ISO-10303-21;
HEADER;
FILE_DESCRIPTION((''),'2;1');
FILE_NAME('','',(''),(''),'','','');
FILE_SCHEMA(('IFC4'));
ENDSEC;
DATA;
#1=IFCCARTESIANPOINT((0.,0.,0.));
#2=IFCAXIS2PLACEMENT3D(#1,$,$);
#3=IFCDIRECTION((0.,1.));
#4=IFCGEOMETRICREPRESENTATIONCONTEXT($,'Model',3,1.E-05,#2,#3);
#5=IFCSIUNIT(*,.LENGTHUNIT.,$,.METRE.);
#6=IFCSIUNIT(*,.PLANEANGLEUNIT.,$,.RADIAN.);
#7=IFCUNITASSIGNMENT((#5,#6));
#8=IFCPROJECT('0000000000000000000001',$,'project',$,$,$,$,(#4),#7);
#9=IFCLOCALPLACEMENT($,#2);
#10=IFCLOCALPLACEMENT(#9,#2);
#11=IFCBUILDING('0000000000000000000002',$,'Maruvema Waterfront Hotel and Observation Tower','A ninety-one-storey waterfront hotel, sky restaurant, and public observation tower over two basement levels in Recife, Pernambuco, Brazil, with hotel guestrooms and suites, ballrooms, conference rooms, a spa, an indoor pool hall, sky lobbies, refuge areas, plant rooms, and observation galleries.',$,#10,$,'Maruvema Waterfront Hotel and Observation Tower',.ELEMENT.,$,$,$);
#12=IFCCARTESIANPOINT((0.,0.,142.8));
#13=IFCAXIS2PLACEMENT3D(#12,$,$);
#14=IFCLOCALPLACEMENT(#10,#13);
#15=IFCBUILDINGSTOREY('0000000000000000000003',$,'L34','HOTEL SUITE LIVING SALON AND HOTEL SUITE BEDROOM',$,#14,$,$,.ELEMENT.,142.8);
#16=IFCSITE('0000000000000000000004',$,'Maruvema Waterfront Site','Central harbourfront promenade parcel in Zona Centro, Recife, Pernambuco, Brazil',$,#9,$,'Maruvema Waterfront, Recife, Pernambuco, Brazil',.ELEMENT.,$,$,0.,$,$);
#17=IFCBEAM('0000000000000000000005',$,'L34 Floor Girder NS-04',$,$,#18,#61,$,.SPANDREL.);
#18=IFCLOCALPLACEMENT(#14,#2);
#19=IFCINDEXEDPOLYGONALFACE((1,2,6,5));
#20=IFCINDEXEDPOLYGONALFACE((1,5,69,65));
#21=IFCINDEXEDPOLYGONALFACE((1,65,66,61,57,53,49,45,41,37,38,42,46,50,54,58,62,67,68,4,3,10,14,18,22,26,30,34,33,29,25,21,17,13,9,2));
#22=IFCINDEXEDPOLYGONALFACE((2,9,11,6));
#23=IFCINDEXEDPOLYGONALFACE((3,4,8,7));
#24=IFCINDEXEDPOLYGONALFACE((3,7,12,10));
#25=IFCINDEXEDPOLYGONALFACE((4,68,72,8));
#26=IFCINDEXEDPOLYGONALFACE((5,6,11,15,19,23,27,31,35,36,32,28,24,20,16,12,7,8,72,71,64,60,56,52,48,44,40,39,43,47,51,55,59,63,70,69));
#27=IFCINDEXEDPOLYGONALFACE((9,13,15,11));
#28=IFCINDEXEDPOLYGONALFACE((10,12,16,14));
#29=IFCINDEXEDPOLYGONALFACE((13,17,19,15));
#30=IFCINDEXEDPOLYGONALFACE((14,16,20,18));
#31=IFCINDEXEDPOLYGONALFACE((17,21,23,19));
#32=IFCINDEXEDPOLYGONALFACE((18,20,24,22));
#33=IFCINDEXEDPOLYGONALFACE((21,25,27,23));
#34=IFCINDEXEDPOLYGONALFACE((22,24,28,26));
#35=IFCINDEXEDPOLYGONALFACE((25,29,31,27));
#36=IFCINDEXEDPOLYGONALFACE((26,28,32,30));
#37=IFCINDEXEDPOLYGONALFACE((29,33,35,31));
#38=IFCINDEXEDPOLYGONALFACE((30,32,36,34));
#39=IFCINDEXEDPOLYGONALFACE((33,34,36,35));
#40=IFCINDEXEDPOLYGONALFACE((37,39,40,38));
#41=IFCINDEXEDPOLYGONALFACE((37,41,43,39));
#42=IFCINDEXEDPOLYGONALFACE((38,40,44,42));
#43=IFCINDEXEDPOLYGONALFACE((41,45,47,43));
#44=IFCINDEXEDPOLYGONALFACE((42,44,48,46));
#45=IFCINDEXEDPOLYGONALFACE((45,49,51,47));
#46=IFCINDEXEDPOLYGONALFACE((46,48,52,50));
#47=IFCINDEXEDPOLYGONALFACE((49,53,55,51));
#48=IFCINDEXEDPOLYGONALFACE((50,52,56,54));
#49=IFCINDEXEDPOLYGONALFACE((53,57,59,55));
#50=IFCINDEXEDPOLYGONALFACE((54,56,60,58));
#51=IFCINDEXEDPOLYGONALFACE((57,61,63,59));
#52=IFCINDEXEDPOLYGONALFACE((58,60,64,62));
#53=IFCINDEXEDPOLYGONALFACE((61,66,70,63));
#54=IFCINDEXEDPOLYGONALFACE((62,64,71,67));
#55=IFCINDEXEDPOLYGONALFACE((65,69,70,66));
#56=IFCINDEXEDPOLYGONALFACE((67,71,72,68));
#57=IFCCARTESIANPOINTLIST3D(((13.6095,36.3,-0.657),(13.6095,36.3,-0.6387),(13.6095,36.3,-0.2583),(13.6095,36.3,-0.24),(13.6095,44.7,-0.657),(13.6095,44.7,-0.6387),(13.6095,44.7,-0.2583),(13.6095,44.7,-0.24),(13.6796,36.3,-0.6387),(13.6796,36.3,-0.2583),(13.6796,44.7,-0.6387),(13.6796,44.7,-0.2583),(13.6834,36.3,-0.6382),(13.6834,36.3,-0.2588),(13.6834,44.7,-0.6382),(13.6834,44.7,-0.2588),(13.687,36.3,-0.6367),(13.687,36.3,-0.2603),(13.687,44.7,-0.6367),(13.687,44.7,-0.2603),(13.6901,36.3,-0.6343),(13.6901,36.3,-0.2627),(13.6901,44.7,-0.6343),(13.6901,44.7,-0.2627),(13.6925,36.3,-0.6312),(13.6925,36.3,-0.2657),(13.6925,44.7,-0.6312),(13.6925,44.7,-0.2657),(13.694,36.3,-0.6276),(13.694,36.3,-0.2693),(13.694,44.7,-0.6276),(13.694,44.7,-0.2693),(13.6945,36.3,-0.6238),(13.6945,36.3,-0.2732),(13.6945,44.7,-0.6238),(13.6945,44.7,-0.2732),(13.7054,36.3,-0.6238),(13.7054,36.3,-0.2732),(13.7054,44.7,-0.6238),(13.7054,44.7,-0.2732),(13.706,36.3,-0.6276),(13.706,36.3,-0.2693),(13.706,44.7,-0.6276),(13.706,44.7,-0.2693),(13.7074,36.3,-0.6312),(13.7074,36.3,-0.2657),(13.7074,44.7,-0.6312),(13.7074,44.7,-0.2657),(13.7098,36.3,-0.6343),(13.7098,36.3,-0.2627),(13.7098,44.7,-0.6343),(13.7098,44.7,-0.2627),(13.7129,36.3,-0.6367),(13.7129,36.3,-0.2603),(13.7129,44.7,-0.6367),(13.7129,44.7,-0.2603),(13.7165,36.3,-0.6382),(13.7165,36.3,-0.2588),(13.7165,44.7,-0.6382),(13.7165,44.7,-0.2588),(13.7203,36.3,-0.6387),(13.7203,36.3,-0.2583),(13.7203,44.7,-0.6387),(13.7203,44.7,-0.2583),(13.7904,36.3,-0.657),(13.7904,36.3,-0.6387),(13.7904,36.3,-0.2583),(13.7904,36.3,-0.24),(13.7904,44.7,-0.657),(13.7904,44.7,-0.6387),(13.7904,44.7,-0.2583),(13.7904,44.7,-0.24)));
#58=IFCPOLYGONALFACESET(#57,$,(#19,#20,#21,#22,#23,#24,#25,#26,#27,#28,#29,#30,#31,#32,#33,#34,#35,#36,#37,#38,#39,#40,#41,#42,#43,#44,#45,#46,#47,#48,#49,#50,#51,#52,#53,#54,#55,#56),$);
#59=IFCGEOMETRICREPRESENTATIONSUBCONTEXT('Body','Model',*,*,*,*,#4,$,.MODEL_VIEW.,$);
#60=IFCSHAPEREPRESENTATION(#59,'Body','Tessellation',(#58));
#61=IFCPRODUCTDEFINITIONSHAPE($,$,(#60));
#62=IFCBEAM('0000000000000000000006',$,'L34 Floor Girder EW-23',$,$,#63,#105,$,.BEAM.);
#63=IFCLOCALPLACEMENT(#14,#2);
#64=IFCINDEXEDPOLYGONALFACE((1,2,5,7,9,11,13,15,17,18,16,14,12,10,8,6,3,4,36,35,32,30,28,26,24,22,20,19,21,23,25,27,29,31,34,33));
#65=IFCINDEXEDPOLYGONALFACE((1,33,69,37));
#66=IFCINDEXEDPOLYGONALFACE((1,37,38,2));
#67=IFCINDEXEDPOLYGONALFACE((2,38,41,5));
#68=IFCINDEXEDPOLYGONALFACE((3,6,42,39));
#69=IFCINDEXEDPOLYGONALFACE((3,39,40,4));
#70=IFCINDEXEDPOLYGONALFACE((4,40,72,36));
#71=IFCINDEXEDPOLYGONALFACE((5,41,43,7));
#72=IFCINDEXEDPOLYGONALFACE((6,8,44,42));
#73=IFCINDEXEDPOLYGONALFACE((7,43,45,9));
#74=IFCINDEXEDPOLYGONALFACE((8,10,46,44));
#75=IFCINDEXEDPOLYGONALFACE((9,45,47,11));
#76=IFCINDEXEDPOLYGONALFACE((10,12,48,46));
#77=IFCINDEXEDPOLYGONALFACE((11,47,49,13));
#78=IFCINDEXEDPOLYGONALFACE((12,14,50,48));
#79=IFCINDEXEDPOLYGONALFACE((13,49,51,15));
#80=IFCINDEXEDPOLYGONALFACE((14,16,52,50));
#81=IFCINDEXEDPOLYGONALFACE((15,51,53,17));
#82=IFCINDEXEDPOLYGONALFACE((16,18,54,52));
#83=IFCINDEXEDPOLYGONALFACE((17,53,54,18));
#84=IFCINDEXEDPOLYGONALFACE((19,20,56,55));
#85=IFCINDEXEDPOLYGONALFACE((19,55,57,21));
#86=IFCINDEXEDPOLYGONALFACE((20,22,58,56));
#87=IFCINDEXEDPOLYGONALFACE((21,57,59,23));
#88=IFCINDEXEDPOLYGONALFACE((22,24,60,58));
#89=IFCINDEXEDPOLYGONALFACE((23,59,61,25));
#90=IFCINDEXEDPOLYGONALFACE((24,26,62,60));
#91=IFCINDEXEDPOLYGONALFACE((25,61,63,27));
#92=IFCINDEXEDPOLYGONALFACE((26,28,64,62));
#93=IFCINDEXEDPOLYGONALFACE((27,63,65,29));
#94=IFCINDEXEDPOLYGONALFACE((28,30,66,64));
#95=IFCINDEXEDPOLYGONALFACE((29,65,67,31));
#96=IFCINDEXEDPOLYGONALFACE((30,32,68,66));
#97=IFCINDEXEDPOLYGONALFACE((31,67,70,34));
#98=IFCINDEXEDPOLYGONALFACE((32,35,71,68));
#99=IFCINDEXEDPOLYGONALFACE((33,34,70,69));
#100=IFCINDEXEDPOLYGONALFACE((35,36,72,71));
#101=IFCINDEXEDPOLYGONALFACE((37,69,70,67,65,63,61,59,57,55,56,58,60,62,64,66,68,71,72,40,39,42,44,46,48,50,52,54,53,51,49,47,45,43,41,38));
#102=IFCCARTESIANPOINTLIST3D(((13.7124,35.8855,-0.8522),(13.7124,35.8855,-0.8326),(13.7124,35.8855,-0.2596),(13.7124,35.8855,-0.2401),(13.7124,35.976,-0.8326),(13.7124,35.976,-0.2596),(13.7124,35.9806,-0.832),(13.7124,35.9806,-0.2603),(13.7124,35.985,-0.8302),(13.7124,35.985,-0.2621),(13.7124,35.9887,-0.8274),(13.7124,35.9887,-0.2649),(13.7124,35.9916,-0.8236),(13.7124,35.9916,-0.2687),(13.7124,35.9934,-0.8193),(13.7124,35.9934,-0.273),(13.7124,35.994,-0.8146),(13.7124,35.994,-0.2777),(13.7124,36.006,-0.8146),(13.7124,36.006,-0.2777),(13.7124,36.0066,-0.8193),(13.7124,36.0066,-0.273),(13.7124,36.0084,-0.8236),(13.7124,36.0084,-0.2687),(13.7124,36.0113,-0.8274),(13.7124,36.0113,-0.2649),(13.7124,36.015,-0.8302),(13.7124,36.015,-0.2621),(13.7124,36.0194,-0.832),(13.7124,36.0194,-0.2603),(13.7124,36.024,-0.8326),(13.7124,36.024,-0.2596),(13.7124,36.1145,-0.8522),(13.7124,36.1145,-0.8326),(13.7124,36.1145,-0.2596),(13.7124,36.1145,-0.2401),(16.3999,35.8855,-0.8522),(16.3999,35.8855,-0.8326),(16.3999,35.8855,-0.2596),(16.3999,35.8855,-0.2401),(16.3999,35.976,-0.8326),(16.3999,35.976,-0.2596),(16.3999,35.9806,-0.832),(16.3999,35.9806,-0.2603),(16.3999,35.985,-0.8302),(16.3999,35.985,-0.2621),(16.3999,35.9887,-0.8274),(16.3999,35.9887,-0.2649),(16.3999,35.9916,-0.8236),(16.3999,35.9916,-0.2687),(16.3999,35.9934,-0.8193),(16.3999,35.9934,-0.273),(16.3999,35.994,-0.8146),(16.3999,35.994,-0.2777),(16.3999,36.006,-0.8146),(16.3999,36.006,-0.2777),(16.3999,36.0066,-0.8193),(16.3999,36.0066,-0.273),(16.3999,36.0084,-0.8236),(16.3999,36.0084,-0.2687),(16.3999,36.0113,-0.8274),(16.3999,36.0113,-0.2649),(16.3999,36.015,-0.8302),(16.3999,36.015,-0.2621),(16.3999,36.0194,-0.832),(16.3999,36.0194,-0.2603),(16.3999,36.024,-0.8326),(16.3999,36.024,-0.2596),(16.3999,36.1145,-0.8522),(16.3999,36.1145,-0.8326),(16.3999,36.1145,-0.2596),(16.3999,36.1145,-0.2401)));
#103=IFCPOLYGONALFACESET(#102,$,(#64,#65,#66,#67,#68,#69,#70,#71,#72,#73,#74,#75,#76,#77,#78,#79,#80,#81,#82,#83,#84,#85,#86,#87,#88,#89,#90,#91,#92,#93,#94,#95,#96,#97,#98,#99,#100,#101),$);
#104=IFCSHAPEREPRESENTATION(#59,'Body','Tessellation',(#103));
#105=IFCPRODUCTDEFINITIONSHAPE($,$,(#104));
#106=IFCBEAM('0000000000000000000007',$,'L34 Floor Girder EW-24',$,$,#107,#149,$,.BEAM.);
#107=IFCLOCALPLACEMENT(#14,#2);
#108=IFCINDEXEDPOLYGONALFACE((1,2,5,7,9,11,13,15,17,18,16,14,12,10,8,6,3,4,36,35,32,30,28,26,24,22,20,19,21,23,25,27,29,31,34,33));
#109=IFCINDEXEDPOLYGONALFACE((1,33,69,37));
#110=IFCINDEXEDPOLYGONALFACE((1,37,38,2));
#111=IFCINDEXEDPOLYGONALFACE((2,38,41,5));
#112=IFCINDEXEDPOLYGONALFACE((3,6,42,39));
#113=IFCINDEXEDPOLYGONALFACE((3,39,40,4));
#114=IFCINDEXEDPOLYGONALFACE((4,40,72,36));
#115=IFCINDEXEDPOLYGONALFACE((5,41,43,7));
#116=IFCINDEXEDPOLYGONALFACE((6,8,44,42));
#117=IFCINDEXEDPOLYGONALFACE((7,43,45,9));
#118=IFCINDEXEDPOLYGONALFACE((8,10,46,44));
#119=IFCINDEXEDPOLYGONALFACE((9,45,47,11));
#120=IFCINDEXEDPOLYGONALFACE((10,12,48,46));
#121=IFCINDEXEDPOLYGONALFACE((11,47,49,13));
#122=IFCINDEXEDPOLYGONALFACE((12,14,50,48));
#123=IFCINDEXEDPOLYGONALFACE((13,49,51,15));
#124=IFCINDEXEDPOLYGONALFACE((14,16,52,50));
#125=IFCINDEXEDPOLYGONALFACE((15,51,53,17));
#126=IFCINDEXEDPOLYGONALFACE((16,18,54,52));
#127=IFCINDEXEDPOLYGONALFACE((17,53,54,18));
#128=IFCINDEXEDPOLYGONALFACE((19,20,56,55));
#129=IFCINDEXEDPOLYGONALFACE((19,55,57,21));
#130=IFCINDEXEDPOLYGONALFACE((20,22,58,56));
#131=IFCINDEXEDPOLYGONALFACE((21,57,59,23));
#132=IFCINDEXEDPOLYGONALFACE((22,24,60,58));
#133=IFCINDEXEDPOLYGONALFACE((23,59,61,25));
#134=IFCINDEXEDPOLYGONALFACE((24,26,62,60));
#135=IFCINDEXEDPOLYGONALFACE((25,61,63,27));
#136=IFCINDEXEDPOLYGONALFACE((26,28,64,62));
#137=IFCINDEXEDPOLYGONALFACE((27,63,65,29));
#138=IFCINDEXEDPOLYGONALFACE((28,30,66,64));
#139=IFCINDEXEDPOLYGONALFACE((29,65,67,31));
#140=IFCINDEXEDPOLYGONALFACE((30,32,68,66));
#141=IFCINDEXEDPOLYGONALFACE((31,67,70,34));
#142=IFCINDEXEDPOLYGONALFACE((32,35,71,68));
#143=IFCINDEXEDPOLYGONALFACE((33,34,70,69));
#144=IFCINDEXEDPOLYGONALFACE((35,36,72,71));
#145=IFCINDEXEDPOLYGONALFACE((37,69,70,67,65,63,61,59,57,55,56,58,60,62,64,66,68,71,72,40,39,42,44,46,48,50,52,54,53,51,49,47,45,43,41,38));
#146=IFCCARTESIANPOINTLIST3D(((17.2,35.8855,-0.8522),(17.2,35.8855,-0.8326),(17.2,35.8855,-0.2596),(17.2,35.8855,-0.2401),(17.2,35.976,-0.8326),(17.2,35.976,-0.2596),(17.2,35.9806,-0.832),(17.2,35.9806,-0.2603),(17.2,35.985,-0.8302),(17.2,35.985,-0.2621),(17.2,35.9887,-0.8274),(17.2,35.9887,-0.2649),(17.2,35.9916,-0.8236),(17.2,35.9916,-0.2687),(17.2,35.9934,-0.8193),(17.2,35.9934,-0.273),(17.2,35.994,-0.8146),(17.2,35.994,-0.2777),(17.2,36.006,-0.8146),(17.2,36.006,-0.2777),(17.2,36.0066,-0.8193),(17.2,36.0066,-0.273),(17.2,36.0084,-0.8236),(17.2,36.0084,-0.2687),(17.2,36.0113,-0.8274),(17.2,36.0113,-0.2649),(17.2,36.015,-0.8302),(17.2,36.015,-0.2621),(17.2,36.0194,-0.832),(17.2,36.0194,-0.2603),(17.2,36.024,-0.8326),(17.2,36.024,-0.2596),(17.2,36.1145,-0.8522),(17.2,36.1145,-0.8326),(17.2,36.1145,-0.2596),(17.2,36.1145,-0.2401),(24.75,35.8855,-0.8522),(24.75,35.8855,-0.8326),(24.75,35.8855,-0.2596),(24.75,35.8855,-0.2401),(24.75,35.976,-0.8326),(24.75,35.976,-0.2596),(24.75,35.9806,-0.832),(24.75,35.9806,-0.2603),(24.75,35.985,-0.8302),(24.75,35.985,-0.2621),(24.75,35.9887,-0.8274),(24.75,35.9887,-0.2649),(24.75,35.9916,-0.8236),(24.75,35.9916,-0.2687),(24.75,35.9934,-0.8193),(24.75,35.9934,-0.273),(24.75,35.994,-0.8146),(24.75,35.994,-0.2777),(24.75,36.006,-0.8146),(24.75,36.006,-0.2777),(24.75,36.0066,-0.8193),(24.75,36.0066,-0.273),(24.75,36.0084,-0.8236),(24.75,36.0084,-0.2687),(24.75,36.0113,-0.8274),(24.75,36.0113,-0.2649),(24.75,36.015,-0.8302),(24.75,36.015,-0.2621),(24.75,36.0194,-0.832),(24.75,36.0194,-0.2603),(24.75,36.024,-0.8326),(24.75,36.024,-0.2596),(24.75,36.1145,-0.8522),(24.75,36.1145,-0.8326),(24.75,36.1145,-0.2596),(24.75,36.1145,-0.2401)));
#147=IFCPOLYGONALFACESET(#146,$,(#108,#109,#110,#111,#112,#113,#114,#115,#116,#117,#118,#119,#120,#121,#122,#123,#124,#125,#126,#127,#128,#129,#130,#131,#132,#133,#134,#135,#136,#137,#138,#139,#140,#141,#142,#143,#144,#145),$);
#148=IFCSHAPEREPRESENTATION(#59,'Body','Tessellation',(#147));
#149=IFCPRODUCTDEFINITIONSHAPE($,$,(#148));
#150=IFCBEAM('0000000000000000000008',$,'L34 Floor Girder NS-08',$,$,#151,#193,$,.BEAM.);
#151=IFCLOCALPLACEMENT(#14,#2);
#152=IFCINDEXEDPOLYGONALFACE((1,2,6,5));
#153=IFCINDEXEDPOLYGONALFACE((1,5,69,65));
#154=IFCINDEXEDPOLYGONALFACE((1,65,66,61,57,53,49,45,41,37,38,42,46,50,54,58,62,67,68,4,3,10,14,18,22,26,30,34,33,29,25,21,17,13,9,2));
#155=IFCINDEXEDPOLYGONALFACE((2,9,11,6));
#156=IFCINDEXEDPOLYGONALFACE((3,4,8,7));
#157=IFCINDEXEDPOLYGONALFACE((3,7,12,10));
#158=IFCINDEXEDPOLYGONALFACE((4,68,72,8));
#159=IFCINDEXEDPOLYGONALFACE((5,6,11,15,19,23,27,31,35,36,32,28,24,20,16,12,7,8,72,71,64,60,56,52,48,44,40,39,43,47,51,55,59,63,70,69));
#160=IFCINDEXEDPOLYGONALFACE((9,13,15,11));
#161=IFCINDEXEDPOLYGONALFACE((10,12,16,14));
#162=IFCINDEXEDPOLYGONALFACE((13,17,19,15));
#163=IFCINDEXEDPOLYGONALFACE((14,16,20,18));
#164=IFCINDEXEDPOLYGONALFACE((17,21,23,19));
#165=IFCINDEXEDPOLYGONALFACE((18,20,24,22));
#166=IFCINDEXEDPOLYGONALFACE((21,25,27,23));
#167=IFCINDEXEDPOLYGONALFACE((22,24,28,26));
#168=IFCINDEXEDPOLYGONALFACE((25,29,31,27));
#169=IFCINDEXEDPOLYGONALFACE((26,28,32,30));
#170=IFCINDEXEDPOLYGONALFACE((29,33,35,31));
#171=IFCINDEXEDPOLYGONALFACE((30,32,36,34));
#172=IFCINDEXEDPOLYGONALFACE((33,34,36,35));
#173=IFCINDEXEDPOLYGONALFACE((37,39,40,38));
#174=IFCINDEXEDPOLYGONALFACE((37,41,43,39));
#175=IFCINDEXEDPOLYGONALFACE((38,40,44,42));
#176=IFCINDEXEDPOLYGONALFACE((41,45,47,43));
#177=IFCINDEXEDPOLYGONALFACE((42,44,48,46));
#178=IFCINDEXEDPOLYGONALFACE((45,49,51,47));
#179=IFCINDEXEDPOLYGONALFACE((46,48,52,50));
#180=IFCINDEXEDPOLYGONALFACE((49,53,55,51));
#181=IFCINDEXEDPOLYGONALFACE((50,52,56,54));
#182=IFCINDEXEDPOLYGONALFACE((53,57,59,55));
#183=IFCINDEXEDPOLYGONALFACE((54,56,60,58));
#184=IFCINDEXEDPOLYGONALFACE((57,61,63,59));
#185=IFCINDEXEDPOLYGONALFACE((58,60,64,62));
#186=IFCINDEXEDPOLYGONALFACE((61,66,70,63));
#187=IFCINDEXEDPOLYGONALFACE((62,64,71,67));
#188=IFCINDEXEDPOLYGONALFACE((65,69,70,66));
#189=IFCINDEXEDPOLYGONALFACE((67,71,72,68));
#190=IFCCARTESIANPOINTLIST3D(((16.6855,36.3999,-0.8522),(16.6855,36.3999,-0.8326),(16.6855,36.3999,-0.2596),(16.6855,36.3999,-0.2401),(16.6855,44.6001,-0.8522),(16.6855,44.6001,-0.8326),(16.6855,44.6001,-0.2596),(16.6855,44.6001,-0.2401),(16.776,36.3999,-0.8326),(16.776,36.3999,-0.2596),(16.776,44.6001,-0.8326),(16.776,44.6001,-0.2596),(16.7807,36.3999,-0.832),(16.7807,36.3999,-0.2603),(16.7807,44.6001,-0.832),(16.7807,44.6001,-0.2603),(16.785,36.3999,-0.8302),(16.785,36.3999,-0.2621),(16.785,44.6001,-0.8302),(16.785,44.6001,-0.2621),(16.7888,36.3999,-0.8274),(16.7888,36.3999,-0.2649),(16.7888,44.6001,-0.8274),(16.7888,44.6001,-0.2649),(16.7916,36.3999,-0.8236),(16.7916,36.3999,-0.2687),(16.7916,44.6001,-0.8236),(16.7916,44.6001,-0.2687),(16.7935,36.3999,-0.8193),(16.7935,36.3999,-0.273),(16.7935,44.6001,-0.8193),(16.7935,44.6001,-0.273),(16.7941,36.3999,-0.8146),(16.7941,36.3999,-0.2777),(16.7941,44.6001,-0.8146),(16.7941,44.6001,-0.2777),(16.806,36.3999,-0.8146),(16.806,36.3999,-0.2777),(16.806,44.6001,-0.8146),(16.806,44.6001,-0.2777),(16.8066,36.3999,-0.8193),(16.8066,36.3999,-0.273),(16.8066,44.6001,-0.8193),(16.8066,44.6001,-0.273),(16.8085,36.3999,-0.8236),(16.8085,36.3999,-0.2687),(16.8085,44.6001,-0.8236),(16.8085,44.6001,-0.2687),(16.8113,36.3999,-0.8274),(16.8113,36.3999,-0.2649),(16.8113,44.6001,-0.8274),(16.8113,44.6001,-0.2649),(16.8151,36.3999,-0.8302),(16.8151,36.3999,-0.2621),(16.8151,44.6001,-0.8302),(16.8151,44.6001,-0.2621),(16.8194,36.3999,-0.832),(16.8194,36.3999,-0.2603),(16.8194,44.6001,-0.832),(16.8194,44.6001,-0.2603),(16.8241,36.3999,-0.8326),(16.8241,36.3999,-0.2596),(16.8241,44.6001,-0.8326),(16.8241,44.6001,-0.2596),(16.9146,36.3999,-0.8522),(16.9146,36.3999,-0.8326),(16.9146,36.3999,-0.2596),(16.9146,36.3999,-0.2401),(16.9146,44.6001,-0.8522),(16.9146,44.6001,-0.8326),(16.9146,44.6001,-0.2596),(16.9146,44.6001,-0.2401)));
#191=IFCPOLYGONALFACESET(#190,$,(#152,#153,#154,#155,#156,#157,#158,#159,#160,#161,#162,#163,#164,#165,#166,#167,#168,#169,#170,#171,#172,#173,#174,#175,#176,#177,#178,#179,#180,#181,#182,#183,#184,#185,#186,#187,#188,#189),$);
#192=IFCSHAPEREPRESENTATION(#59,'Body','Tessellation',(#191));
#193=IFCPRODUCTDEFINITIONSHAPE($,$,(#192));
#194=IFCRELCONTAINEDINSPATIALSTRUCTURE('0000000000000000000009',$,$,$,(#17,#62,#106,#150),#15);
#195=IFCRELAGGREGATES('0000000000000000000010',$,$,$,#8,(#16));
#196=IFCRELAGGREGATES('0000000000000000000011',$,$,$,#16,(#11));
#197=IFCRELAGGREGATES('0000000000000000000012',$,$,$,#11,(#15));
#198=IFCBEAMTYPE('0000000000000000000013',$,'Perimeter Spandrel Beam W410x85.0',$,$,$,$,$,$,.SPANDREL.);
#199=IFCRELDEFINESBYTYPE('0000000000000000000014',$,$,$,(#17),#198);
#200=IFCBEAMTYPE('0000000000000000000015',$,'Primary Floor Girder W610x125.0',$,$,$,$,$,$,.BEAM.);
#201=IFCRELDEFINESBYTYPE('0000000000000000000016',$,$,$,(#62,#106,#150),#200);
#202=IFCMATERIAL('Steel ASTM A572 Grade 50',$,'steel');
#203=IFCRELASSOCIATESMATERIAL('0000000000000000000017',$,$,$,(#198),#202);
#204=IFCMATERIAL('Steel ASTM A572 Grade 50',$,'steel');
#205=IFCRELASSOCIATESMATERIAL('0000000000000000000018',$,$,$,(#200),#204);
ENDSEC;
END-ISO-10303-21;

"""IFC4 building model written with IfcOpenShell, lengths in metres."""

from ifc_helpers import new_model, si_unit, direction, frame, origin, origin_2d, place, context, subcontext, project, spatial, i_section, extrude, material, material_profile, profile_set, type_object, element, save


model = new_model("IFC4")

# Units and contexts
model_context = context("Model", 3, precision=1e-05, world=origin(), true_north=direction((0.0, 1.0)))
body_context = subcontext(model_context, "Body", "Model", "MODEL_VIEW")
ifc_project = project(units=[si_unit("LENGTHUNIT", "METRE"), si_unit("PLANEANGLEUNIT", "RADIAN")], contexts=[model_context])

# Site, building, storey
site_placement = place(None, origin())
site = spatial("IfcSite", under=ifc_project, at=site_placement, Name="Maruvema Waterfront Site", Description="Central harbourfront promenade parcel in Zona Centro, Recife, Pernambuco, Brazil", LongName="Maruvema Waterfront, Recife, Pernambuco, Brazil", CompositionType="ELEMENT", RefElevation=0.0)
building_placement = place(site_placement, origin())
building = spatial("IfcBuilding", under=site, at=building_placement, Name="Maruvema Waterfront Hotel and Observation Tower", Description="A ninety-one-storey waterfront hotel, sky restaurant, and public observation tower over two basement levels in Recife, Pernambuco, Brazil, with hotel guestrooms and suites, ballrooms, conference rooms, a spa, an indoor pool hall, sky lobbies, refuge areas, plant rooms, and observation galleries.", LongName="Maruvema Waterfront Hotel and Observation Tower", CompositionType="ELEMENT")
storey_placement = place(building_placement, frame((0.0, 0.0, 142.8)))
storey = spatial("IfcBuildingStorey", under=building, at=storey_placement, Name="L34", Description="HOTEL SUITE LIVING SALON AND HOTEL SUITE BEDROOM", CompositionType="ELEMENT", Elevation=142.8)

# Beams
ifc_material_1 = material(Name="Steel ASTM A572 Grade 50", Category="steel")
ifc_material_profile_1 = material_profile(ifc_material_1, i_section(OverallWidth=0.1809, OverallDepth=0.417, WebThickness=0.011, FlangeThickness=0.0183, FilletRadius=0.0149, at=origin_2d()), Name="W410x85.0")
ifc_profile_set_1 = profile_set([ifc_material_profile_1], Name="Steel ASTM A572 Grade 50")
beam_type_1 = type_object("IfcBeamType", Name="Perimeter Spandrel Beam W410x85.0", PredefinedType="SPANDREL", material=ifc_profile_set_1)
beam_1_placement = place(storey_placement, frame((13.7, 36.3, -0.4485), z_axis=(0.0, 1.0, 0.0), x_axis=(-1.0, 0.0, 0.0)))
element("IfcBeam", 1, at=beam_1_placement, inside=storey, type_object=beam_type_1, Name="L34 Floor Girder NS-04", PredefinedType="SPANDREL", context=body_context, shape_type="SweptSolid", body=[
    extrude(i_section(OverallWidth=0.1809, OverallDepth=0.417, WebThickness=0.011, FlangeThickness=0.0183, FilletRadius=0.0149, at=origin_2d()), origin(), (0.0, 0.0, 1.0), 8.3999),
])
ifc_material_2 = material(Name="Steel ASTM A572 Grade 50", Category="steel")
ifc_material_profile_2 = material_profile(ifc_material_2, i_section(OverallWidth=0.229, OverallDepth=0.6121, WebThickness=0.012, FlangeThickness=0.0195, FilletRadius=0.0181, at=origin_2d()), Name="W610x125.0")
ifc_profile_set_2 = profile_set([ifc_material_profile_2], Name="Steel ASTM A572 Grade 50")
beam_type_2 = type_object("IfcBeamType", Name="Primary Floor Girder W610x125.0", PredefinedType="BEAM", material=ifc_profile_set_2)
beam_2_placement = place(storey_placement, frame((13.7124, 36.0, -0.5461), z_axis=(1.0, 0.0, 0.0), x_axis=(0.0, 1.0, 0.0)))
element("IfcBeam", 2, at=beam_2_placement, inside=storey, type_object=beam_type_2, Name="L34 Floor Girder EW-23", PredefinedType="BEAM", context=body_context, shape_type="SweptSolid", body=[
    extrude(i_section(OverallWidth=0.229, OverallDepth=0.6121, WebThickness=0.012, FlangeThickness=0.0195, FilletRadius=0.0181, at=origin_2d()), origin(), (0.0, 0.0, 1.0), 2.6875),
])
beam_3_placement = place(storey_placement, frame((17.2, 36.0, -0.5461), z_axis=(1.0, 0.0, 0.0), x_axis=(0.0, 1.0, 0.0)))
element("IfcBeam", 3, at=beam_3_placement, inside=storey, type_object=beam_type_2, Name="L34 Floor Girder EW-24", PredefinedType="BEAM", context=body_context, shape_type="SweptSolid", body=[
    extrude(i_section(OverallWidth=0.229, OverallDepth=0.6121, WebThickness=0.012, FlangeThickness=0.0195, FilletRadius=0.0181, at=origin_2d()), origin(), (0.0, 0.0, 1.0), 7.55),
])
beam_4_placement = place(storey_placement, frame((16.8, 36.3999, -0.5461), z_axis=(0.0, 1.0, 0.0), x_axis=(-1.0, 0.0, 0.0)))
element("IfcBeam", 4, at=beam_4_placement, inside=storey, type_object=beam_type_2, Name="L34 Floor Girder NS-08", PredefinedType="BEAM", context=body_context, shape_type="SweptSolid", body=[
    extrude(i_section(OverallWidth=0.229, OverallDepth=0.6121, WebThickness=0.012, FlangeThickness=0.0195, FilletRadius=0.0181, at=origin_2d()), origin(), (0.0, 0.0, 1.0), 8.2002),
])

save(model, "model.ifc")
